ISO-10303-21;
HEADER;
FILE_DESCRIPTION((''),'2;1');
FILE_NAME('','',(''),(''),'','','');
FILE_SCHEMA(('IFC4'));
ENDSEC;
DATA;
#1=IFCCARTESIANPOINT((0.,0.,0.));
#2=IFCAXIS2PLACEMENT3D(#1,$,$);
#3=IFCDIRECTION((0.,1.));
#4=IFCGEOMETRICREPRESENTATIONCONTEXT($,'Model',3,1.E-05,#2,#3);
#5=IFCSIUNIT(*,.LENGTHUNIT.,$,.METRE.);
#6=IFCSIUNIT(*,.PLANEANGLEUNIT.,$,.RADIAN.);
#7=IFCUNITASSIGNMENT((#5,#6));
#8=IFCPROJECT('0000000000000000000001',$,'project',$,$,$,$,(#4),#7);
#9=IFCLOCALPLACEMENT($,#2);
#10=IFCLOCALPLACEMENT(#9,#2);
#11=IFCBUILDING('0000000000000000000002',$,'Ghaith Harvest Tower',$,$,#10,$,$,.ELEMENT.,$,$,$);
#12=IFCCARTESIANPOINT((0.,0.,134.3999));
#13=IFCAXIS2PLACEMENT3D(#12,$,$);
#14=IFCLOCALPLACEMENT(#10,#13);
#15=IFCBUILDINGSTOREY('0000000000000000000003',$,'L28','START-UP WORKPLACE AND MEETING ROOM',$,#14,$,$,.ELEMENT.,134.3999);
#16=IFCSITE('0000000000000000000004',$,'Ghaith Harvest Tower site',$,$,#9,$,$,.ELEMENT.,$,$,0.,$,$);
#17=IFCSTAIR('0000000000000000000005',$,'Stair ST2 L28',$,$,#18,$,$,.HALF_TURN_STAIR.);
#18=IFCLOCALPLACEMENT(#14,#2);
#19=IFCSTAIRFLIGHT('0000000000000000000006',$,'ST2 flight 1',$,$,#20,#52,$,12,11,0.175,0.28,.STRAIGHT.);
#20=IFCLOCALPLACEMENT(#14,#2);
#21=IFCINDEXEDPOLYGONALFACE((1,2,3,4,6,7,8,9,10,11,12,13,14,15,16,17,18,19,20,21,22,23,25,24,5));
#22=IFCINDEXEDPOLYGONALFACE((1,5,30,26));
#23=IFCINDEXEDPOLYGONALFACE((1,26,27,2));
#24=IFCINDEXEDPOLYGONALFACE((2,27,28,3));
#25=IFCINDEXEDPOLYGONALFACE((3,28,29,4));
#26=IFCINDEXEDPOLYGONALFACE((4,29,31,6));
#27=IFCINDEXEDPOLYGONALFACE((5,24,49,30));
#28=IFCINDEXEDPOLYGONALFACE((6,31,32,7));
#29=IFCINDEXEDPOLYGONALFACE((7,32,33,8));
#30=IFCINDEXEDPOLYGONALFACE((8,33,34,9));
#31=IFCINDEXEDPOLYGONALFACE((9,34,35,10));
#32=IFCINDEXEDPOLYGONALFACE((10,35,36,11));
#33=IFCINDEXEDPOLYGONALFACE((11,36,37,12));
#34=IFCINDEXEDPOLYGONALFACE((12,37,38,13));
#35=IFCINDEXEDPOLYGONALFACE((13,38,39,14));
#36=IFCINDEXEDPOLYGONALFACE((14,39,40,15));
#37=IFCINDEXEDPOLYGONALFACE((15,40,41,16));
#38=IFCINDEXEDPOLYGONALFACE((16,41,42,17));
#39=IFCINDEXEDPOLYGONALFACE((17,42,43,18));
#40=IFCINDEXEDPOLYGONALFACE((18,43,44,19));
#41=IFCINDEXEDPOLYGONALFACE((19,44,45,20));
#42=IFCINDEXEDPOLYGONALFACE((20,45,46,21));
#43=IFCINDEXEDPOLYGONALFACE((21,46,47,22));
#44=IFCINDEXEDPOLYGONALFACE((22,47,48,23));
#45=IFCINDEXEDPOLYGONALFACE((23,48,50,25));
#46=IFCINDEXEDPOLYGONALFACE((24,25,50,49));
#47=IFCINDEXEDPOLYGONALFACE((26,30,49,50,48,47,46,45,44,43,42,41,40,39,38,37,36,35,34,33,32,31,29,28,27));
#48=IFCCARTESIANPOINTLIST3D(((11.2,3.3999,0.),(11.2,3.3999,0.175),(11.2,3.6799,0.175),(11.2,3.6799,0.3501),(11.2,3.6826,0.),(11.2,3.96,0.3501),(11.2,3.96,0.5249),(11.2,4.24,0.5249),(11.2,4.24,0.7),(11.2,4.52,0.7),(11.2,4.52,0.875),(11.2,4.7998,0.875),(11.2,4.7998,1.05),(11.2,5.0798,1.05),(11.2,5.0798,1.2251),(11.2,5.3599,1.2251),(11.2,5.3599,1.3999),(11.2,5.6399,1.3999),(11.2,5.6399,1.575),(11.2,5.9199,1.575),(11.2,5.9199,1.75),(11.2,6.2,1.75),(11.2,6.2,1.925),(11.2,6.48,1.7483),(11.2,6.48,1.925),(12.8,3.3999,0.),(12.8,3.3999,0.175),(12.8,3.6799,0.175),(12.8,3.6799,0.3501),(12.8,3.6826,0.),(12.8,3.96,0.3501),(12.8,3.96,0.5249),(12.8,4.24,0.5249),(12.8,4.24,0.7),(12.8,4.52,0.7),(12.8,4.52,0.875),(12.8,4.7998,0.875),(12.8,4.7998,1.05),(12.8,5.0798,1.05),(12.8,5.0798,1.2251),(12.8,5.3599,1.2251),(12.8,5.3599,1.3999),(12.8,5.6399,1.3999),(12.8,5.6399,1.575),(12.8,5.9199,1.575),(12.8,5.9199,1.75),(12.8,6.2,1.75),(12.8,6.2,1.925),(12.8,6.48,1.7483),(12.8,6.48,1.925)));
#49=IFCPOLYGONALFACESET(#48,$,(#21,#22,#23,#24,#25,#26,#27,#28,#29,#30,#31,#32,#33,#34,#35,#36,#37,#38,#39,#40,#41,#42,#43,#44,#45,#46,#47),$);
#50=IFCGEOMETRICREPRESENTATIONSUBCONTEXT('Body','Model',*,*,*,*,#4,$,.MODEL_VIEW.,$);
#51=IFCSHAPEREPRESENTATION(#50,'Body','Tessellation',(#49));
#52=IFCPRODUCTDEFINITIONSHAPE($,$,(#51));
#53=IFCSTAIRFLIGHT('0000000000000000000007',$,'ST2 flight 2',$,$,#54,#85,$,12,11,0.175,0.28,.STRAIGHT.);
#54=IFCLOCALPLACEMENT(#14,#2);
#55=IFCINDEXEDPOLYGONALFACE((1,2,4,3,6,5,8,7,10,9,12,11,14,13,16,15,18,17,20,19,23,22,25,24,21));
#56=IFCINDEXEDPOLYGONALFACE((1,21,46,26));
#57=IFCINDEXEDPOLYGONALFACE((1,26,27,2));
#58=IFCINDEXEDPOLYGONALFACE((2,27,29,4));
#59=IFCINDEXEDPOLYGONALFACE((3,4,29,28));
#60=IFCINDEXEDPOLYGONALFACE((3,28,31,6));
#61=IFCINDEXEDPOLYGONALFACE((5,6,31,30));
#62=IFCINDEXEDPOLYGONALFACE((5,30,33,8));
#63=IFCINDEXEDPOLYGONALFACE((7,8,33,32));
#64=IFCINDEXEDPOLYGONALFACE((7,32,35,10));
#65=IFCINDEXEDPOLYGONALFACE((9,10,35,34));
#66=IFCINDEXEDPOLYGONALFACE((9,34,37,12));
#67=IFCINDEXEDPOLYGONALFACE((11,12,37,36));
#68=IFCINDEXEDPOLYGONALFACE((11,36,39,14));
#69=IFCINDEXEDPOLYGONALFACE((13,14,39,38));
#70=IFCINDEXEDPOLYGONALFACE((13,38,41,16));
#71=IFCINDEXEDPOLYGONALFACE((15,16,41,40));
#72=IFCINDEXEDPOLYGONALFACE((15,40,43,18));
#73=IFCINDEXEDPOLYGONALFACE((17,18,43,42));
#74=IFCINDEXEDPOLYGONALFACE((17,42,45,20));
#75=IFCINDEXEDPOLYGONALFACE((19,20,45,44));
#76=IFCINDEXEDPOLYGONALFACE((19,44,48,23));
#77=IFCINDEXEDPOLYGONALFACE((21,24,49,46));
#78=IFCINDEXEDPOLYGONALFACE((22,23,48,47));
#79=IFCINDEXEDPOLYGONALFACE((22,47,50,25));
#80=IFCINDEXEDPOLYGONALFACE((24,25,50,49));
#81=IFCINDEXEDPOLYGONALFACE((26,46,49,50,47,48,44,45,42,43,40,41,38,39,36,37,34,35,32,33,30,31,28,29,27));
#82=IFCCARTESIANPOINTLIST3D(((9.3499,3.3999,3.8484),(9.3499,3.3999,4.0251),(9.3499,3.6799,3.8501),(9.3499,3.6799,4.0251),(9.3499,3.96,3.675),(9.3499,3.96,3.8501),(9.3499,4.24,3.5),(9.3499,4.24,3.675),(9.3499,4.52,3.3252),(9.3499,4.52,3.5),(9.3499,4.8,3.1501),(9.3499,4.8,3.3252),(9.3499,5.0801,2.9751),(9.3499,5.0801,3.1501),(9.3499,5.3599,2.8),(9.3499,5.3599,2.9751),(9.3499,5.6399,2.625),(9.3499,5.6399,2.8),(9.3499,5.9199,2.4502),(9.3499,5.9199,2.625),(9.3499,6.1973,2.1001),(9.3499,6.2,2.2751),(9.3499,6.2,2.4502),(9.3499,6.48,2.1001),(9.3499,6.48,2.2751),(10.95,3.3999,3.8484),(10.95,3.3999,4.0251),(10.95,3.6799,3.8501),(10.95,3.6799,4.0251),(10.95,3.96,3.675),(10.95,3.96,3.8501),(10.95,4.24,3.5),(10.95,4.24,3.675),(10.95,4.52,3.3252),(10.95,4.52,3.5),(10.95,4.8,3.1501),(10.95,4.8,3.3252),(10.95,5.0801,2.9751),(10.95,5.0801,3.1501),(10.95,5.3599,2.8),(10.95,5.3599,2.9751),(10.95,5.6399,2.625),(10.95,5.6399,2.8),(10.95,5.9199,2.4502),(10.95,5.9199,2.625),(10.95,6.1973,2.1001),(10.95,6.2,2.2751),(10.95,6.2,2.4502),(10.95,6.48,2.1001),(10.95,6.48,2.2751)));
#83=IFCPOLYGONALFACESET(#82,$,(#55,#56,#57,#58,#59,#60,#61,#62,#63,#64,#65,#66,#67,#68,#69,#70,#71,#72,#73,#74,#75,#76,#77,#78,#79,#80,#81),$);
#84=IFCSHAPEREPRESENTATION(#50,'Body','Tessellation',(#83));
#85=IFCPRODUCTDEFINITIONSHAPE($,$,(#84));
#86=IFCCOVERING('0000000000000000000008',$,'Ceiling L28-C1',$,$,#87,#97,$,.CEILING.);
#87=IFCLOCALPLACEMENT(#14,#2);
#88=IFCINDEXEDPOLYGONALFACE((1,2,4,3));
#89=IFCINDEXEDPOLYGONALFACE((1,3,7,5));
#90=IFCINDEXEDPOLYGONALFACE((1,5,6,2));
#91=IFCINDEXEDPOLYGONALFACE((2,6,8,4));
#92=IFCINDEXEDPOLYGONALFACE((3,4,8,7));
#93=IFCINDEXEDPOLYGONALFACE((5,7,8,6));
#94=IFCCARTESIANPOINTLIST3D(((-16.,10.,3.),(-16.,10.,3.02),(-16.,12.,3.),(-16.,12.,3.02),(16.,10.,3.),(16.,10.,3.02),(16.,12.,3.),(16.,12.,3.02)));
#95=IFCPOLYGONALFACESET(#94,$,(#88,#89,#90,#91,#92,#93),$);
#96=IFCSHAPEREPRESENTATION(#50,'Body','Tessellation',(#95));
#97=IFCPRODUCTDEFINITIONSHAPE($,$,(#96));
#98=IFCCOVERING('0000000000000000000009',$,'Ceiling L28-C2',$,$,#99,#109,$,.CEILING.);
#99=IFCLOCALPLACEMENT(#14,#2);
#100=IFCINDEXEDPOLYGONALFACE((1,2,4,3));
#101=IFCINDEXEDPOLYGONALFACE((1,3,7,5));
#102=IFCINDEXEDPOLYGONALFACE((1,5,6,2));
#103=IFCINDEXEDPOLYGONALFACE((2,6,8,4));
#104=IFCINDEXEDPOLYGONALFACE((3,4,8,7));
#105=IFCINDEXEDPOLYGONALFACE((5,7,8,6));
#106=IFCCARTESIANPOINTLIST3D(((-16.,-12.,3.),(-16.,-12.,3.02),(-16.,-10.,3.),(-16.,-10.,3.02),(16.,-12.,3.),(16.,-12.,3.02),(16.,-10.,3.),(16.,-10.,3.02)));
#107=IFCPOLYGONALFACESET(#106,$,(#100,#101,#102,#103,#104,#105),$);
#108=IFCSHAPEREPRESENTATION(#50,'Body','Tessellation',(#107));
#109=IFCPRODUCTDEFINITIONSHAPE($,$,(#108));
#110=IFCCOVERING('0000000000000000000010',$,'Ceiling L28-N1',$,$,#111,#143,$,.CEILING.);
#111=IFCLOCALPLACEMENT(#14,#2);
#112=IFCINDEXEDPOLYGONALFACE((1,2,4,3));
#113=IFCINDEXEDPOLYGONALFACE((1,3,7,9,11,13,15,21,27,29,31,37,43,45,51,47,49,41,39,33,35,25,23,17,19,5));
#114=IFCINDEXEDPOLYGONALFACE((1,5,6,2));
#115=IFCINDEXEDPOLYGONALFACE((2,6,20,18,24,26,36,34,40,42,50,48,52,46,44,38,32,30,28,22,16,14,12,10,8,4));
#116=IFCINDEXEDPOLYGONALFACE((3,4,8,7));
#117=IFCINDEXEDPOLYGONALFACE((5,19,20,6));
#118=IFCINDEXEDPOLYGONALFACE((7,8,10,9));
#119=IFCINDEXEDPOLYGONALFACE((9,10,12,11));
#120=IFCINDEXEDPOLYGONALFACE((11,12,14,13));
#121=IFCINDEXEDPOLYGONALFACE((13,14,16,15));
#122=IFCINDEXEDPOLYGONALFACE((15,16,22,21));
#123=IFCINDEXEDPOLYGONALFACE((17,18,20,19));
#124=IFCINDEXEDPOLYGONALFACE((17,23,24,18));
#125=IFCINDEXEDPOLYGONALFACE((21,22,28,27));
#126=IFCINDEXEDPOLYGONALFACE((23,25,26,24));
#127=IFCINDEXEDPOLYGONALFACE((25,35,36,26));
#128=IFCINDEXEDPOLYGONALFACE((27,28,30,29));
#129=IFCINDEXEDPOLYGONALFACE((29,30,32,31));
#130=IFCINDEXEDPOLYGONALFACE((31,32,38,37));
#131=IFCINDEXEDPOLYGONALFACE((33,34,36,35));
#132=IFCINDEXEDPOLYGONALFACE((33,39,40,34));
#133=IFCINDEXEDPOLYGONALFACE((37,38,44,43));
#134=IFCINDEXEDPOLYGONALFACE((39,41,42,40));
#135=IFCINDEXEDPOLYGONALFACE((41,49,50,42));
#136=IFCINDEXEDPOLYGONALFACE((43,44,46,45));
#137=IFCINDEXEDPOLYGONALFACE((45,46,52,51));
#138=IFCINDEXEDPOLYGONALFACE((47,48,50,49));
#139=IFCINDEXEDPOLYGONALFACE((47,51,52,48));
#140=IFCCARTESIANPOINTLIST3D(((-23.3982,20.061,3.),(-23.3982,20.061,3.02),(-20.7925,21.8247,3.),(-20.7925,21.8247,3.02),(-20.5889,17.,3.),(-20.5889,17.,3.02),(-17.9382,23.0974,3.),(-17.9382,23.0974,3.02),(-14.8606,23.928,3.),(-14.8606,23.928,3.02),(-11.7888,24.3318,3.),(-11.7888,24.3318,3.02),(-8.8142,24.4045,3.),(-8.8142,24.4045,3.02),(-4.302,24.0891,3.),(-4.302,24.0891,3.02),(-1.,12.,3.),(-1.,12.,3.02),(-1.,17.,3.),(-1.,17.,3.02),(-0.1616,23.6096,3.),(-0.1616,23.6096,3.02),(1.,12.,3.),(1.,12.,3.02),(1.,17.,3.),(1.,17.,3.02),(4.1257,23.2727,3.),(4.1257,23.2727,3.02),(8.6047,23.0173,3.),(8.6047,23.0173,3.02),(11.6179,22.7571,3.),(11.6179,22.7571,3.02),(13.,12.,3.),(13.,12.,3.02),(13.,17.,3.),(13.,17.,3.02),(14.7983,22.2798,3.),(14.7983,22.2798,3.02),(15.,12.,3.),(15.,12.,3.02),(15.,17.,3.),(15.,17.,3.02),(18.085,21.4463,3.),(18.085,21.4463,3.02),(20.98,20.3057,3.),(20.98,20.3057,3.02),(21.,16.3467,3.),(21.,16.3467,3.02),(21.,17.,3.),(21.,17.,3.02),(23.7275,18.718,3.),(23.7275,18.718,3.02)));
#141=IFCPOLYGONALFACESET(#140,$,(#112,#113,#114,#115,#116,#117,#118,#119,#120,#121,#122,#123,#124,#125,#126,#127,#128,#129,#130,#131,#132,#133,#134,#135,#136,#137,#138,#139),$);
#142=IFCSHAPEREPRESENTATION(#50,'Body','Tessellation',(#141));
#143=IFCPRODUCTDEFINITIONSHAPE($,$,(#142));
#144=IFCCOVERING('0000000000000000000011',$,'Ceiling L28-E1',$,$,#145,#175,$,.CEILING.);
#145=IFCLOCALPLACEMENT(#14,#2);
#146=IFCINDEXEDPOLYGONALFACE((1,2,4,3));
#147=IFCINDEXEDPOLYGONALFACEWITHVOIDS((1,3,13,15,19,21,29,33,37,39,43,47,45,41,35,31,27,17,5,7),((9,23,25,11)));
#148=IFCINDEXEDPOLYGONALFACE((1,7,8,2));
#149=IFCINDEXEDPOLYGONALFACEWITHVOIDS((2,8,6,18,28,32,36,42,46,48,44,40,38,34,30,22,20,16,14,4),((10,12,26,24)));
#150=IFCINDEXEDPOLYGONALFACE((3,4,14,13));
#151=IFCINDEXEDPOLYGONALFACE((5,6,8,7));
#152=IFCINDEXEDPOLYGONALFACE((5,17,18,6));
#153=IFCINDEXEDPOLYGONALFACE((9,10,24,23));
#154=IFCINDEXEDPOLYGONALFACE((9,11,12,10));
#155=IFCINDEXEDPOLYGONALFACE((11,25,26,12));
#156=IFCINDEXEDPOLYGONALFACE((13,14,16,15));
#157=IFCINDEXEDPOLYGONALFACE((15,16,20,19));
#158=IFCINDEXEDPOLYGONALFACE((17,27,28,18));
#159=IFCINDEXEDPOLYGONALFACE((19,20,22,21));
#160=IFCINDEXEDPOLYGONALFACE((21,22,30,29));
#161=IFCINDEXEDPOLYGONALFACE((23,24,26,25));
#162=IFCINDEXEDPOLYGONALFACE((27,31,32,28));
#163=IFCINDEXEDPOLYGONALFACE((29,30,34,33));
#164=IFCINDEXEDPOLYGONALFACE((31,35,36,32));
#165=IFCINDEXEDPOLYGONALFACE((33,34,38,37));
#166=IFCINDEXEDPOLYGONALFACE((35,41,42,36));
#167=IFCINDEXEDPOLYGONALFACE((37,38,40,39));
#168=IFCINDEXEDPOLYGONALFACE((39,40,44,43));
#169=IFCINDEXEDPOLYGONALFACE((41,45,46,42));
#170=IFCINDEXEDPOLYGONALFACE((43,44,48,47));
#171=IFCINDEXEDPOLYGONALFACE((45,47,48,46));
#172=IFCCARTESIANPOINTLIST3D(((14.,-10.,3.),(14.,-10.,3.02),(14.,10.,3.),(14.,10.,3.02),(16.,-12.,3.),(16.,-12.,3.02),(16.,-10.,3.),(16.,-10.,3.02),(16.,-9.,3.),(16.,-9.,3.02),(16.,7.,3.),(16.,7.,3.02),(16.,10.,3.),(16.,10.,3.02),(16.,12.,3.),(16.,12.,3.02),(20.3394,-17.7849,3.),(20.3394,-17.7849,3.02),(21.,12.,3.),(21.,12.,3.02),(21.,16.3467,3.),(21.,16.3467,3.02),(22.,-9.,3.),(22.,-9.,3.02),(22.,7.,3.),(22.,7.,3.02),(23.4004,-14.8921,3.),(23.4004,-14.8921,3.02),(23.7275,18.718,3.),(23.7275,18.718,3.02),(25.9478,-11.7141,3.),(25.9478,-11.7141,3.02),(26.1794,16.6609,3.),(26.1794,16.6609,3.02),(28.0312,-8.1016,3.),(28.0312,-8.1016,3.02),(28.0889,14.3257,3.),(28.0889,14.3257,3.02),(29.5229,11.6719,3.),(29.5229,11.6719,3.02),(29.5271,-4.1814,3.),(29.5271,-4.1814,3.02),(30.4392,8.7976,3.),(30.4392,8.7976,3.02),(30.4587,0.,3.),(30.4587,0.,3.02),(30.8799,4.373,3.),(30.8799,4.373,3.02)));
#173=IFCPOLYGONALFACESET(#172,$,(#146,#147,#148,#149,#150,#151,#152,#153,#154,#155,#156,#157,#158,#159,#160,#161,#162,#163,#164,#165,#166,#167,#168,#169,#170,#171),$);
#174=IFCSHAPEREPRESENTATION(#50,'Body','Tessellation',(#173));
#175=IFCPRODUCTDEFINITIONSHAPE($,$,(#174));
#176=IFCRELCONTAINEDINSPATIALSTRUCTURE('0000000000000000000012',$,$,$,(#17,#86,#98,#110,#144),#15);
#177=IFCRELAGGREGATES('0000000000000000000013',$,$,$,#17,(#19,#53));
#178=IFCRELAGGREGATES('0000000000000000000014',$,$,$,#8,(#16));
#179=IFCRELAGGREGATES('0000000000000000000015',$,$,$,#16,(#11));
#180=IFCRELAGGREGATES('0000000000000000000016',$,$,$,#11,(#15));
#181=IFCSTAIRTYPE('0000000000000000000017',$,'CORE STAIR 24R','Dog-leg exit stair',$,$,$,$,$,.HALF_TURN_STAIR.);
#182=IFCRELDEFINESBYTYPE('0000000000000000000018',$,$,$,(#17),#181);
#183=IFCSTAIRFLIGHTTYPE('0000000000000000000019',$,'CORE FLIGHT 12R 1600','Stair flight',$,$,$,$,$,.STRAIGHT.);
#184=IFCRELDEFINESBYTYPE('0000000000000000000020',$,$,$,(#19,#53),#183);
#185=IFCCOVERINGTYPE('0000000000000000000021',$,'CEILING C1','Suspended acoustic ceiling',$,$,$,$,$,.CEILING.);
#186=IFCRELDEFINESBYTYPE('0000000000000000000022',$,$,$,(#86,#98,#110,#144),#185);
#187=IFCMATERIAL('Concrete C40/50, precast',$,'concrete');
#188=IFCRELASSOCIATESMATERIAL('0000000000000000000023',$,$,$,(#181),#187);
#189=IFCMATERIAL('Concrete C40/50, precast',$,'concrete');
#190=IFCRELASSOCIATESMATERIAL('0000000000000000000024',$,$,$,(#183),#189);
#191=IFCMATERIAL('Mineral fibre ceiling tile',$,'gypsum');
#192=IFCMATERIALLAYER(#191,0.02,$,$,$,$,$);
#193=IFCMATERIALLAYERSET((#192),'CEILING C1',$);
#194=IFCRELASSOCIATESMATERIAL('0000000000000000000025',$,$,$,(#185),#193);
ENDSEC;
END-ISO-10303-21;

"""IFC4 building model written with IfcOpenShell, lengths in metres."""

from ifc_helpers import new_model, si_unit, direction, frame, origin, place, context, subcontext, project, spatial, polyline, outline, extrude, material, layer, layer_set, type_object, element, aggregate, save


model = new_model("IFC4")

# Units and contexts
model_context = context("Model", 3, precision=1e-05, world=origin(), true_north=direction((0.0, 1.0)))
body_context = subcontext(model_context, "Body", "Model", "MODEL_VIEW")
ifc_project = project(units=[si_unit("LENGTHUNIT", "METRE"), si_unit("PLANEANGLEUNIT", "RADIAN")], contexts=[model_context])

# Site, building, storey
site_placement = place(None, origin())
site = spatial("IfcSite", under=ifc_project, at=site_placement, Name="Ghaith Harvest Tower site", CompositionType="ELEMENT", RefElevation=0.0)
building_placement = place(site_placement, origin())
building = spatial("IfcBuilding", under=site, at=building_placement, Name="Ghaith Harvest Tower", CompositionType="ELEMENT")
storey_placement = place(building_placement, frame((0.0, 0.0, 134.3999)))
storey = spatial("IfcBuildingStorey", under=building, at=storey_placement, Name="L28", Description="START-UP WORKPLACE AND MEETING ROOM", CompositionType="ELEMENT", Elevation=134.3999)

# Stair, stair flights
ifc_material_1 = material(Name="Concrete C40/50, precast", Category="concrete")
stair_type = type_object("IfcStairType", Name="CORE STAIR 24R", Description="Dog-leg exit stair", PredefinedType="HALF_TURN_STAIR", material=ifc_material_1)
stair_placement = place(storey_placement, origin())
stair = element("IfcStair", 1, at=stair_placement, inside=storey, type_object=stair_type, Name="Stair ST2 L28", PredefinedType="HALF_TURN_STAIR")
ifc_material_2 = material(Name="Concrete C40/50, precast", Category="concrete")
stair_flight_type = type_object("IfcStairFlightType", Name="CORE FLIGHT 12R 1600", Description="Stair flight", PredefinedType="STRAIGHT", material=ifc_material_2)
stair_flight_1_placement = place(storey_placement, frame((12.0, 3.3999, 0.0), z_axis=(0.0, 0.0, 1.0), x_axis=(0.0, 1.0, 0.0)))
stair_flight_1 = element("IfcStairFlight", 2, at=stair_flight_1_placement, type_object=stair_flight_type, Name="ST2 flight 1", NumberOfRisers=12, NumberOfTreads=11, PredefinedType="STRAIGHT", RiserHeight=0.175, TreadLength=0.28, context=body_context, shape_type="SweptSolid", body=[
    extrude(outline(polyline([(0.0, 0.0), (0.0, 0.175), (0.28, 0.175), (0.28, 0.3501), (0.5601, 0.3501), (0.5601, 0.5249), (0.8401, 0.5249), (0.8401, 0.7), (1.1201, 0.7), (1.1201, 0.875), (1.3999, 0.875), (1.3999, 1.05), (1.6799, 1.05), (1.6799, 1.2251), (1.96, 1.2251), (1.96, 1.3999), (2.24, 1.3999), (2.24, 1.575), (2.52, 1.575), (2.52, 1.75), (2.8, 1.75), (2.8, 1.925), (3.0801, 1.925), (3.0801, 2.1001), (3.0801, 1.7483), (0.2827, 0.0), (0.0, 0.0)])), frame((0.0, 0.8, 0.0), z_axis=(0.0, -1.0, 0.0), x_axis=(1.0, 0.0, 0.0)), (0.0, 0.0, 1.0), 1.6001),
])
stair_flight_2_placement = place(storey_placement, frame((10.1499, 6.48, 2.1001), z_axis=(0.0, 0.0, 1.0), x_axis=(0.0, -1.0, 0.0)))
stair_flight_2 = element("IfcStairFlight", 3, at=stair_flight_2_placement, type_object=stair_flight_type, Name="ST2 flight 2", NumberOfRisers=12, NumberOfTreads=11, PredefinedType="STRAIGHT", RiserHeight=0.175, TreadLength=0.28, context=body_context, shape_type="SweptSolid", body=[
    extrude(outline(polyline([(0.0, 0.0), (0.0, 0.175), (0.28, 0.175), (0.28, 0.3501), (0.5601, 0.3501), (0.5601, 0.5249), (0.8401, 0.5249), (0.8401, 0.7), (1.1201, 0.7), (1.1201, 0.875), (1.3999, 0.875), (1.3999, 1.05), (1.6799, 1.05), (1.6799, 1.2251), (1.96, 1.2251), (1.96, 1.3999), (2.24, 1.3999), (2.24, 1.575), (2.52, 1.575), (2.52, 1.75), (2.8, 1.75), (2.8, 1.925), (3.0801, 1.925), (3.0801, 2.1001), (3.0801, 1.7483), (0.2827, 0.0), (0.0, 0.0)])), frame((0.0, 0.8, 0.0), z_axis=(0.0, -1.0, 0.0), x_axis=(1.0, 0.0, 0.0)), (0.0, 0.0, 1.0), 1.6001),
])
aggregate(stair, [stair_flight_1, stair_flight_2])

# Coverings
ifc_material_3 = material(Name="Mineral fibre ceiling tile", Category="gypsum")
ifc_layer_1 = layer(ifc_material_3, 0.02)
ifc_layer_set_1 = layer_set([ifc_layer_1], Name="CEILING C1")
covering_type = type_object("IfcCoveringType", Name="CEILING C1", Description="Suspended acoustic ceiling", PredefinedType="CEILING", material=ifc_layer_set_1)
covering_1_placement = place(storey_placement, frame((0.0, 0.0, 3.0)))
element("IfcCovering", 4, at=covering_1_placement, inside=storey, type_object=covering_type, Name="Ceiling L28-C1", PredefinedType="CEILING", context=body_context, shape_type="SweptSolid", body=[
    extrude(outline(polyline([(16.0, 10.0), (-16.0, 10.0), (-16.0, 12.0), (16.0, 12.0), (16.0, 10.0)])), origin(), (0.0, 0.0, 1.0), 0.02),
])
covering_2_placement = place(storey_placement, frame((0.0, 0.0, 3.0)))
element("IfcCovering", 5, at=covering_2_placement, inside=storey, type_object=covering_type, Name="Ceiling L28-C2", PredefinedType="CEILING", context=body_context, shape_type="SweptSolid", body=[
    extrude(outline(polyline([(-16.0, -10.0), (16.0, -10.0), (16.0, -12.0), (-16.0, -12.0), (-16.0, -10.0)])), origin(), (0.0, 0.0, 1.0), 0.02),
])
covering_3_placement = place(storey_placement, frame((0.0, 0.0, 3.0)))
element("IfcCovering", 6, at=covering_3_placement, inside=storey, type_object=covering_type, Name="Ceiling L28-N1", PredefinedType="CEILING", context=body_context, shape_type="SweptSolid", body=[
    extrude(outline(polyline([(-20.7925, 21.8247), (-17.9382, 23.0974), (-14.8606, 23.928), (-11.7888, 24.3318), (-8.8142, 24.4045), (-4.302, 24.0891), (-0.1616, 23.6096), (4.1257, 23.2727), (8.6047, 23.0173), (11.6179, 22.7571), (14.7983, 22.2798), (18.085, 21.4463), (20.98, 20.3057), (23.7275, 18.718), (21.0, 16.3467), (21.0, 17.0), (15.0, 17.0), (15.0, 12.0), (13.0, 12.0), (13.0, 17.0), (1.0, 17.0), (1.0, 12.0), (-1.0, 12.0), (-1.0, 17.0), (-20.5889, 17.0), (-23.3982, 20.061), (-20.7925, 21.8247)])), origin(), (0.0, 0.0, 1.0), 0.02),
])
covering_4_placement = place(storey_placement, frame((0.0, 0.0, 3.0)))
element("IfcCovering", 7, at=covering_4_placement, inside=storey, type_object=covering_type, Name="Ceiling L28-E1", PredefinedType="CEILING", context=body_context, shape_type="SweptSolid", body=[
    extrude(outline(polyline([(26.1794, 16.6609), (28.0889, 14.3257), (29.5229, 11.6719), (30.4392, 8.7976), (30.8799, 4.373), (30.4587, 0.0), (29.5271, -4.1814), (28.0312, -8.1016), (25.9478, -11.7141), (23.4004, -14.8921), (20.3394, -17.7849), (16.0, -12.0), (16.0, -10.0), (14.0, -10.0), (14.0, 10.0), (16.0, 10.0), (16.0, 12.0), (21.0, 12.0), (21.0, 16.3467), (23.7275, 18.718), (26.1794, 16.6609)]), holes=[polyline([(16.0, 7.0), (16.0, -9.0), (22.0, -9.0), (22.0, 7.0), (16.0, 7.0)])]), origin(), (0.0, 0.0, 1.0), 0.02),
])

save(model, "model.ifc")
